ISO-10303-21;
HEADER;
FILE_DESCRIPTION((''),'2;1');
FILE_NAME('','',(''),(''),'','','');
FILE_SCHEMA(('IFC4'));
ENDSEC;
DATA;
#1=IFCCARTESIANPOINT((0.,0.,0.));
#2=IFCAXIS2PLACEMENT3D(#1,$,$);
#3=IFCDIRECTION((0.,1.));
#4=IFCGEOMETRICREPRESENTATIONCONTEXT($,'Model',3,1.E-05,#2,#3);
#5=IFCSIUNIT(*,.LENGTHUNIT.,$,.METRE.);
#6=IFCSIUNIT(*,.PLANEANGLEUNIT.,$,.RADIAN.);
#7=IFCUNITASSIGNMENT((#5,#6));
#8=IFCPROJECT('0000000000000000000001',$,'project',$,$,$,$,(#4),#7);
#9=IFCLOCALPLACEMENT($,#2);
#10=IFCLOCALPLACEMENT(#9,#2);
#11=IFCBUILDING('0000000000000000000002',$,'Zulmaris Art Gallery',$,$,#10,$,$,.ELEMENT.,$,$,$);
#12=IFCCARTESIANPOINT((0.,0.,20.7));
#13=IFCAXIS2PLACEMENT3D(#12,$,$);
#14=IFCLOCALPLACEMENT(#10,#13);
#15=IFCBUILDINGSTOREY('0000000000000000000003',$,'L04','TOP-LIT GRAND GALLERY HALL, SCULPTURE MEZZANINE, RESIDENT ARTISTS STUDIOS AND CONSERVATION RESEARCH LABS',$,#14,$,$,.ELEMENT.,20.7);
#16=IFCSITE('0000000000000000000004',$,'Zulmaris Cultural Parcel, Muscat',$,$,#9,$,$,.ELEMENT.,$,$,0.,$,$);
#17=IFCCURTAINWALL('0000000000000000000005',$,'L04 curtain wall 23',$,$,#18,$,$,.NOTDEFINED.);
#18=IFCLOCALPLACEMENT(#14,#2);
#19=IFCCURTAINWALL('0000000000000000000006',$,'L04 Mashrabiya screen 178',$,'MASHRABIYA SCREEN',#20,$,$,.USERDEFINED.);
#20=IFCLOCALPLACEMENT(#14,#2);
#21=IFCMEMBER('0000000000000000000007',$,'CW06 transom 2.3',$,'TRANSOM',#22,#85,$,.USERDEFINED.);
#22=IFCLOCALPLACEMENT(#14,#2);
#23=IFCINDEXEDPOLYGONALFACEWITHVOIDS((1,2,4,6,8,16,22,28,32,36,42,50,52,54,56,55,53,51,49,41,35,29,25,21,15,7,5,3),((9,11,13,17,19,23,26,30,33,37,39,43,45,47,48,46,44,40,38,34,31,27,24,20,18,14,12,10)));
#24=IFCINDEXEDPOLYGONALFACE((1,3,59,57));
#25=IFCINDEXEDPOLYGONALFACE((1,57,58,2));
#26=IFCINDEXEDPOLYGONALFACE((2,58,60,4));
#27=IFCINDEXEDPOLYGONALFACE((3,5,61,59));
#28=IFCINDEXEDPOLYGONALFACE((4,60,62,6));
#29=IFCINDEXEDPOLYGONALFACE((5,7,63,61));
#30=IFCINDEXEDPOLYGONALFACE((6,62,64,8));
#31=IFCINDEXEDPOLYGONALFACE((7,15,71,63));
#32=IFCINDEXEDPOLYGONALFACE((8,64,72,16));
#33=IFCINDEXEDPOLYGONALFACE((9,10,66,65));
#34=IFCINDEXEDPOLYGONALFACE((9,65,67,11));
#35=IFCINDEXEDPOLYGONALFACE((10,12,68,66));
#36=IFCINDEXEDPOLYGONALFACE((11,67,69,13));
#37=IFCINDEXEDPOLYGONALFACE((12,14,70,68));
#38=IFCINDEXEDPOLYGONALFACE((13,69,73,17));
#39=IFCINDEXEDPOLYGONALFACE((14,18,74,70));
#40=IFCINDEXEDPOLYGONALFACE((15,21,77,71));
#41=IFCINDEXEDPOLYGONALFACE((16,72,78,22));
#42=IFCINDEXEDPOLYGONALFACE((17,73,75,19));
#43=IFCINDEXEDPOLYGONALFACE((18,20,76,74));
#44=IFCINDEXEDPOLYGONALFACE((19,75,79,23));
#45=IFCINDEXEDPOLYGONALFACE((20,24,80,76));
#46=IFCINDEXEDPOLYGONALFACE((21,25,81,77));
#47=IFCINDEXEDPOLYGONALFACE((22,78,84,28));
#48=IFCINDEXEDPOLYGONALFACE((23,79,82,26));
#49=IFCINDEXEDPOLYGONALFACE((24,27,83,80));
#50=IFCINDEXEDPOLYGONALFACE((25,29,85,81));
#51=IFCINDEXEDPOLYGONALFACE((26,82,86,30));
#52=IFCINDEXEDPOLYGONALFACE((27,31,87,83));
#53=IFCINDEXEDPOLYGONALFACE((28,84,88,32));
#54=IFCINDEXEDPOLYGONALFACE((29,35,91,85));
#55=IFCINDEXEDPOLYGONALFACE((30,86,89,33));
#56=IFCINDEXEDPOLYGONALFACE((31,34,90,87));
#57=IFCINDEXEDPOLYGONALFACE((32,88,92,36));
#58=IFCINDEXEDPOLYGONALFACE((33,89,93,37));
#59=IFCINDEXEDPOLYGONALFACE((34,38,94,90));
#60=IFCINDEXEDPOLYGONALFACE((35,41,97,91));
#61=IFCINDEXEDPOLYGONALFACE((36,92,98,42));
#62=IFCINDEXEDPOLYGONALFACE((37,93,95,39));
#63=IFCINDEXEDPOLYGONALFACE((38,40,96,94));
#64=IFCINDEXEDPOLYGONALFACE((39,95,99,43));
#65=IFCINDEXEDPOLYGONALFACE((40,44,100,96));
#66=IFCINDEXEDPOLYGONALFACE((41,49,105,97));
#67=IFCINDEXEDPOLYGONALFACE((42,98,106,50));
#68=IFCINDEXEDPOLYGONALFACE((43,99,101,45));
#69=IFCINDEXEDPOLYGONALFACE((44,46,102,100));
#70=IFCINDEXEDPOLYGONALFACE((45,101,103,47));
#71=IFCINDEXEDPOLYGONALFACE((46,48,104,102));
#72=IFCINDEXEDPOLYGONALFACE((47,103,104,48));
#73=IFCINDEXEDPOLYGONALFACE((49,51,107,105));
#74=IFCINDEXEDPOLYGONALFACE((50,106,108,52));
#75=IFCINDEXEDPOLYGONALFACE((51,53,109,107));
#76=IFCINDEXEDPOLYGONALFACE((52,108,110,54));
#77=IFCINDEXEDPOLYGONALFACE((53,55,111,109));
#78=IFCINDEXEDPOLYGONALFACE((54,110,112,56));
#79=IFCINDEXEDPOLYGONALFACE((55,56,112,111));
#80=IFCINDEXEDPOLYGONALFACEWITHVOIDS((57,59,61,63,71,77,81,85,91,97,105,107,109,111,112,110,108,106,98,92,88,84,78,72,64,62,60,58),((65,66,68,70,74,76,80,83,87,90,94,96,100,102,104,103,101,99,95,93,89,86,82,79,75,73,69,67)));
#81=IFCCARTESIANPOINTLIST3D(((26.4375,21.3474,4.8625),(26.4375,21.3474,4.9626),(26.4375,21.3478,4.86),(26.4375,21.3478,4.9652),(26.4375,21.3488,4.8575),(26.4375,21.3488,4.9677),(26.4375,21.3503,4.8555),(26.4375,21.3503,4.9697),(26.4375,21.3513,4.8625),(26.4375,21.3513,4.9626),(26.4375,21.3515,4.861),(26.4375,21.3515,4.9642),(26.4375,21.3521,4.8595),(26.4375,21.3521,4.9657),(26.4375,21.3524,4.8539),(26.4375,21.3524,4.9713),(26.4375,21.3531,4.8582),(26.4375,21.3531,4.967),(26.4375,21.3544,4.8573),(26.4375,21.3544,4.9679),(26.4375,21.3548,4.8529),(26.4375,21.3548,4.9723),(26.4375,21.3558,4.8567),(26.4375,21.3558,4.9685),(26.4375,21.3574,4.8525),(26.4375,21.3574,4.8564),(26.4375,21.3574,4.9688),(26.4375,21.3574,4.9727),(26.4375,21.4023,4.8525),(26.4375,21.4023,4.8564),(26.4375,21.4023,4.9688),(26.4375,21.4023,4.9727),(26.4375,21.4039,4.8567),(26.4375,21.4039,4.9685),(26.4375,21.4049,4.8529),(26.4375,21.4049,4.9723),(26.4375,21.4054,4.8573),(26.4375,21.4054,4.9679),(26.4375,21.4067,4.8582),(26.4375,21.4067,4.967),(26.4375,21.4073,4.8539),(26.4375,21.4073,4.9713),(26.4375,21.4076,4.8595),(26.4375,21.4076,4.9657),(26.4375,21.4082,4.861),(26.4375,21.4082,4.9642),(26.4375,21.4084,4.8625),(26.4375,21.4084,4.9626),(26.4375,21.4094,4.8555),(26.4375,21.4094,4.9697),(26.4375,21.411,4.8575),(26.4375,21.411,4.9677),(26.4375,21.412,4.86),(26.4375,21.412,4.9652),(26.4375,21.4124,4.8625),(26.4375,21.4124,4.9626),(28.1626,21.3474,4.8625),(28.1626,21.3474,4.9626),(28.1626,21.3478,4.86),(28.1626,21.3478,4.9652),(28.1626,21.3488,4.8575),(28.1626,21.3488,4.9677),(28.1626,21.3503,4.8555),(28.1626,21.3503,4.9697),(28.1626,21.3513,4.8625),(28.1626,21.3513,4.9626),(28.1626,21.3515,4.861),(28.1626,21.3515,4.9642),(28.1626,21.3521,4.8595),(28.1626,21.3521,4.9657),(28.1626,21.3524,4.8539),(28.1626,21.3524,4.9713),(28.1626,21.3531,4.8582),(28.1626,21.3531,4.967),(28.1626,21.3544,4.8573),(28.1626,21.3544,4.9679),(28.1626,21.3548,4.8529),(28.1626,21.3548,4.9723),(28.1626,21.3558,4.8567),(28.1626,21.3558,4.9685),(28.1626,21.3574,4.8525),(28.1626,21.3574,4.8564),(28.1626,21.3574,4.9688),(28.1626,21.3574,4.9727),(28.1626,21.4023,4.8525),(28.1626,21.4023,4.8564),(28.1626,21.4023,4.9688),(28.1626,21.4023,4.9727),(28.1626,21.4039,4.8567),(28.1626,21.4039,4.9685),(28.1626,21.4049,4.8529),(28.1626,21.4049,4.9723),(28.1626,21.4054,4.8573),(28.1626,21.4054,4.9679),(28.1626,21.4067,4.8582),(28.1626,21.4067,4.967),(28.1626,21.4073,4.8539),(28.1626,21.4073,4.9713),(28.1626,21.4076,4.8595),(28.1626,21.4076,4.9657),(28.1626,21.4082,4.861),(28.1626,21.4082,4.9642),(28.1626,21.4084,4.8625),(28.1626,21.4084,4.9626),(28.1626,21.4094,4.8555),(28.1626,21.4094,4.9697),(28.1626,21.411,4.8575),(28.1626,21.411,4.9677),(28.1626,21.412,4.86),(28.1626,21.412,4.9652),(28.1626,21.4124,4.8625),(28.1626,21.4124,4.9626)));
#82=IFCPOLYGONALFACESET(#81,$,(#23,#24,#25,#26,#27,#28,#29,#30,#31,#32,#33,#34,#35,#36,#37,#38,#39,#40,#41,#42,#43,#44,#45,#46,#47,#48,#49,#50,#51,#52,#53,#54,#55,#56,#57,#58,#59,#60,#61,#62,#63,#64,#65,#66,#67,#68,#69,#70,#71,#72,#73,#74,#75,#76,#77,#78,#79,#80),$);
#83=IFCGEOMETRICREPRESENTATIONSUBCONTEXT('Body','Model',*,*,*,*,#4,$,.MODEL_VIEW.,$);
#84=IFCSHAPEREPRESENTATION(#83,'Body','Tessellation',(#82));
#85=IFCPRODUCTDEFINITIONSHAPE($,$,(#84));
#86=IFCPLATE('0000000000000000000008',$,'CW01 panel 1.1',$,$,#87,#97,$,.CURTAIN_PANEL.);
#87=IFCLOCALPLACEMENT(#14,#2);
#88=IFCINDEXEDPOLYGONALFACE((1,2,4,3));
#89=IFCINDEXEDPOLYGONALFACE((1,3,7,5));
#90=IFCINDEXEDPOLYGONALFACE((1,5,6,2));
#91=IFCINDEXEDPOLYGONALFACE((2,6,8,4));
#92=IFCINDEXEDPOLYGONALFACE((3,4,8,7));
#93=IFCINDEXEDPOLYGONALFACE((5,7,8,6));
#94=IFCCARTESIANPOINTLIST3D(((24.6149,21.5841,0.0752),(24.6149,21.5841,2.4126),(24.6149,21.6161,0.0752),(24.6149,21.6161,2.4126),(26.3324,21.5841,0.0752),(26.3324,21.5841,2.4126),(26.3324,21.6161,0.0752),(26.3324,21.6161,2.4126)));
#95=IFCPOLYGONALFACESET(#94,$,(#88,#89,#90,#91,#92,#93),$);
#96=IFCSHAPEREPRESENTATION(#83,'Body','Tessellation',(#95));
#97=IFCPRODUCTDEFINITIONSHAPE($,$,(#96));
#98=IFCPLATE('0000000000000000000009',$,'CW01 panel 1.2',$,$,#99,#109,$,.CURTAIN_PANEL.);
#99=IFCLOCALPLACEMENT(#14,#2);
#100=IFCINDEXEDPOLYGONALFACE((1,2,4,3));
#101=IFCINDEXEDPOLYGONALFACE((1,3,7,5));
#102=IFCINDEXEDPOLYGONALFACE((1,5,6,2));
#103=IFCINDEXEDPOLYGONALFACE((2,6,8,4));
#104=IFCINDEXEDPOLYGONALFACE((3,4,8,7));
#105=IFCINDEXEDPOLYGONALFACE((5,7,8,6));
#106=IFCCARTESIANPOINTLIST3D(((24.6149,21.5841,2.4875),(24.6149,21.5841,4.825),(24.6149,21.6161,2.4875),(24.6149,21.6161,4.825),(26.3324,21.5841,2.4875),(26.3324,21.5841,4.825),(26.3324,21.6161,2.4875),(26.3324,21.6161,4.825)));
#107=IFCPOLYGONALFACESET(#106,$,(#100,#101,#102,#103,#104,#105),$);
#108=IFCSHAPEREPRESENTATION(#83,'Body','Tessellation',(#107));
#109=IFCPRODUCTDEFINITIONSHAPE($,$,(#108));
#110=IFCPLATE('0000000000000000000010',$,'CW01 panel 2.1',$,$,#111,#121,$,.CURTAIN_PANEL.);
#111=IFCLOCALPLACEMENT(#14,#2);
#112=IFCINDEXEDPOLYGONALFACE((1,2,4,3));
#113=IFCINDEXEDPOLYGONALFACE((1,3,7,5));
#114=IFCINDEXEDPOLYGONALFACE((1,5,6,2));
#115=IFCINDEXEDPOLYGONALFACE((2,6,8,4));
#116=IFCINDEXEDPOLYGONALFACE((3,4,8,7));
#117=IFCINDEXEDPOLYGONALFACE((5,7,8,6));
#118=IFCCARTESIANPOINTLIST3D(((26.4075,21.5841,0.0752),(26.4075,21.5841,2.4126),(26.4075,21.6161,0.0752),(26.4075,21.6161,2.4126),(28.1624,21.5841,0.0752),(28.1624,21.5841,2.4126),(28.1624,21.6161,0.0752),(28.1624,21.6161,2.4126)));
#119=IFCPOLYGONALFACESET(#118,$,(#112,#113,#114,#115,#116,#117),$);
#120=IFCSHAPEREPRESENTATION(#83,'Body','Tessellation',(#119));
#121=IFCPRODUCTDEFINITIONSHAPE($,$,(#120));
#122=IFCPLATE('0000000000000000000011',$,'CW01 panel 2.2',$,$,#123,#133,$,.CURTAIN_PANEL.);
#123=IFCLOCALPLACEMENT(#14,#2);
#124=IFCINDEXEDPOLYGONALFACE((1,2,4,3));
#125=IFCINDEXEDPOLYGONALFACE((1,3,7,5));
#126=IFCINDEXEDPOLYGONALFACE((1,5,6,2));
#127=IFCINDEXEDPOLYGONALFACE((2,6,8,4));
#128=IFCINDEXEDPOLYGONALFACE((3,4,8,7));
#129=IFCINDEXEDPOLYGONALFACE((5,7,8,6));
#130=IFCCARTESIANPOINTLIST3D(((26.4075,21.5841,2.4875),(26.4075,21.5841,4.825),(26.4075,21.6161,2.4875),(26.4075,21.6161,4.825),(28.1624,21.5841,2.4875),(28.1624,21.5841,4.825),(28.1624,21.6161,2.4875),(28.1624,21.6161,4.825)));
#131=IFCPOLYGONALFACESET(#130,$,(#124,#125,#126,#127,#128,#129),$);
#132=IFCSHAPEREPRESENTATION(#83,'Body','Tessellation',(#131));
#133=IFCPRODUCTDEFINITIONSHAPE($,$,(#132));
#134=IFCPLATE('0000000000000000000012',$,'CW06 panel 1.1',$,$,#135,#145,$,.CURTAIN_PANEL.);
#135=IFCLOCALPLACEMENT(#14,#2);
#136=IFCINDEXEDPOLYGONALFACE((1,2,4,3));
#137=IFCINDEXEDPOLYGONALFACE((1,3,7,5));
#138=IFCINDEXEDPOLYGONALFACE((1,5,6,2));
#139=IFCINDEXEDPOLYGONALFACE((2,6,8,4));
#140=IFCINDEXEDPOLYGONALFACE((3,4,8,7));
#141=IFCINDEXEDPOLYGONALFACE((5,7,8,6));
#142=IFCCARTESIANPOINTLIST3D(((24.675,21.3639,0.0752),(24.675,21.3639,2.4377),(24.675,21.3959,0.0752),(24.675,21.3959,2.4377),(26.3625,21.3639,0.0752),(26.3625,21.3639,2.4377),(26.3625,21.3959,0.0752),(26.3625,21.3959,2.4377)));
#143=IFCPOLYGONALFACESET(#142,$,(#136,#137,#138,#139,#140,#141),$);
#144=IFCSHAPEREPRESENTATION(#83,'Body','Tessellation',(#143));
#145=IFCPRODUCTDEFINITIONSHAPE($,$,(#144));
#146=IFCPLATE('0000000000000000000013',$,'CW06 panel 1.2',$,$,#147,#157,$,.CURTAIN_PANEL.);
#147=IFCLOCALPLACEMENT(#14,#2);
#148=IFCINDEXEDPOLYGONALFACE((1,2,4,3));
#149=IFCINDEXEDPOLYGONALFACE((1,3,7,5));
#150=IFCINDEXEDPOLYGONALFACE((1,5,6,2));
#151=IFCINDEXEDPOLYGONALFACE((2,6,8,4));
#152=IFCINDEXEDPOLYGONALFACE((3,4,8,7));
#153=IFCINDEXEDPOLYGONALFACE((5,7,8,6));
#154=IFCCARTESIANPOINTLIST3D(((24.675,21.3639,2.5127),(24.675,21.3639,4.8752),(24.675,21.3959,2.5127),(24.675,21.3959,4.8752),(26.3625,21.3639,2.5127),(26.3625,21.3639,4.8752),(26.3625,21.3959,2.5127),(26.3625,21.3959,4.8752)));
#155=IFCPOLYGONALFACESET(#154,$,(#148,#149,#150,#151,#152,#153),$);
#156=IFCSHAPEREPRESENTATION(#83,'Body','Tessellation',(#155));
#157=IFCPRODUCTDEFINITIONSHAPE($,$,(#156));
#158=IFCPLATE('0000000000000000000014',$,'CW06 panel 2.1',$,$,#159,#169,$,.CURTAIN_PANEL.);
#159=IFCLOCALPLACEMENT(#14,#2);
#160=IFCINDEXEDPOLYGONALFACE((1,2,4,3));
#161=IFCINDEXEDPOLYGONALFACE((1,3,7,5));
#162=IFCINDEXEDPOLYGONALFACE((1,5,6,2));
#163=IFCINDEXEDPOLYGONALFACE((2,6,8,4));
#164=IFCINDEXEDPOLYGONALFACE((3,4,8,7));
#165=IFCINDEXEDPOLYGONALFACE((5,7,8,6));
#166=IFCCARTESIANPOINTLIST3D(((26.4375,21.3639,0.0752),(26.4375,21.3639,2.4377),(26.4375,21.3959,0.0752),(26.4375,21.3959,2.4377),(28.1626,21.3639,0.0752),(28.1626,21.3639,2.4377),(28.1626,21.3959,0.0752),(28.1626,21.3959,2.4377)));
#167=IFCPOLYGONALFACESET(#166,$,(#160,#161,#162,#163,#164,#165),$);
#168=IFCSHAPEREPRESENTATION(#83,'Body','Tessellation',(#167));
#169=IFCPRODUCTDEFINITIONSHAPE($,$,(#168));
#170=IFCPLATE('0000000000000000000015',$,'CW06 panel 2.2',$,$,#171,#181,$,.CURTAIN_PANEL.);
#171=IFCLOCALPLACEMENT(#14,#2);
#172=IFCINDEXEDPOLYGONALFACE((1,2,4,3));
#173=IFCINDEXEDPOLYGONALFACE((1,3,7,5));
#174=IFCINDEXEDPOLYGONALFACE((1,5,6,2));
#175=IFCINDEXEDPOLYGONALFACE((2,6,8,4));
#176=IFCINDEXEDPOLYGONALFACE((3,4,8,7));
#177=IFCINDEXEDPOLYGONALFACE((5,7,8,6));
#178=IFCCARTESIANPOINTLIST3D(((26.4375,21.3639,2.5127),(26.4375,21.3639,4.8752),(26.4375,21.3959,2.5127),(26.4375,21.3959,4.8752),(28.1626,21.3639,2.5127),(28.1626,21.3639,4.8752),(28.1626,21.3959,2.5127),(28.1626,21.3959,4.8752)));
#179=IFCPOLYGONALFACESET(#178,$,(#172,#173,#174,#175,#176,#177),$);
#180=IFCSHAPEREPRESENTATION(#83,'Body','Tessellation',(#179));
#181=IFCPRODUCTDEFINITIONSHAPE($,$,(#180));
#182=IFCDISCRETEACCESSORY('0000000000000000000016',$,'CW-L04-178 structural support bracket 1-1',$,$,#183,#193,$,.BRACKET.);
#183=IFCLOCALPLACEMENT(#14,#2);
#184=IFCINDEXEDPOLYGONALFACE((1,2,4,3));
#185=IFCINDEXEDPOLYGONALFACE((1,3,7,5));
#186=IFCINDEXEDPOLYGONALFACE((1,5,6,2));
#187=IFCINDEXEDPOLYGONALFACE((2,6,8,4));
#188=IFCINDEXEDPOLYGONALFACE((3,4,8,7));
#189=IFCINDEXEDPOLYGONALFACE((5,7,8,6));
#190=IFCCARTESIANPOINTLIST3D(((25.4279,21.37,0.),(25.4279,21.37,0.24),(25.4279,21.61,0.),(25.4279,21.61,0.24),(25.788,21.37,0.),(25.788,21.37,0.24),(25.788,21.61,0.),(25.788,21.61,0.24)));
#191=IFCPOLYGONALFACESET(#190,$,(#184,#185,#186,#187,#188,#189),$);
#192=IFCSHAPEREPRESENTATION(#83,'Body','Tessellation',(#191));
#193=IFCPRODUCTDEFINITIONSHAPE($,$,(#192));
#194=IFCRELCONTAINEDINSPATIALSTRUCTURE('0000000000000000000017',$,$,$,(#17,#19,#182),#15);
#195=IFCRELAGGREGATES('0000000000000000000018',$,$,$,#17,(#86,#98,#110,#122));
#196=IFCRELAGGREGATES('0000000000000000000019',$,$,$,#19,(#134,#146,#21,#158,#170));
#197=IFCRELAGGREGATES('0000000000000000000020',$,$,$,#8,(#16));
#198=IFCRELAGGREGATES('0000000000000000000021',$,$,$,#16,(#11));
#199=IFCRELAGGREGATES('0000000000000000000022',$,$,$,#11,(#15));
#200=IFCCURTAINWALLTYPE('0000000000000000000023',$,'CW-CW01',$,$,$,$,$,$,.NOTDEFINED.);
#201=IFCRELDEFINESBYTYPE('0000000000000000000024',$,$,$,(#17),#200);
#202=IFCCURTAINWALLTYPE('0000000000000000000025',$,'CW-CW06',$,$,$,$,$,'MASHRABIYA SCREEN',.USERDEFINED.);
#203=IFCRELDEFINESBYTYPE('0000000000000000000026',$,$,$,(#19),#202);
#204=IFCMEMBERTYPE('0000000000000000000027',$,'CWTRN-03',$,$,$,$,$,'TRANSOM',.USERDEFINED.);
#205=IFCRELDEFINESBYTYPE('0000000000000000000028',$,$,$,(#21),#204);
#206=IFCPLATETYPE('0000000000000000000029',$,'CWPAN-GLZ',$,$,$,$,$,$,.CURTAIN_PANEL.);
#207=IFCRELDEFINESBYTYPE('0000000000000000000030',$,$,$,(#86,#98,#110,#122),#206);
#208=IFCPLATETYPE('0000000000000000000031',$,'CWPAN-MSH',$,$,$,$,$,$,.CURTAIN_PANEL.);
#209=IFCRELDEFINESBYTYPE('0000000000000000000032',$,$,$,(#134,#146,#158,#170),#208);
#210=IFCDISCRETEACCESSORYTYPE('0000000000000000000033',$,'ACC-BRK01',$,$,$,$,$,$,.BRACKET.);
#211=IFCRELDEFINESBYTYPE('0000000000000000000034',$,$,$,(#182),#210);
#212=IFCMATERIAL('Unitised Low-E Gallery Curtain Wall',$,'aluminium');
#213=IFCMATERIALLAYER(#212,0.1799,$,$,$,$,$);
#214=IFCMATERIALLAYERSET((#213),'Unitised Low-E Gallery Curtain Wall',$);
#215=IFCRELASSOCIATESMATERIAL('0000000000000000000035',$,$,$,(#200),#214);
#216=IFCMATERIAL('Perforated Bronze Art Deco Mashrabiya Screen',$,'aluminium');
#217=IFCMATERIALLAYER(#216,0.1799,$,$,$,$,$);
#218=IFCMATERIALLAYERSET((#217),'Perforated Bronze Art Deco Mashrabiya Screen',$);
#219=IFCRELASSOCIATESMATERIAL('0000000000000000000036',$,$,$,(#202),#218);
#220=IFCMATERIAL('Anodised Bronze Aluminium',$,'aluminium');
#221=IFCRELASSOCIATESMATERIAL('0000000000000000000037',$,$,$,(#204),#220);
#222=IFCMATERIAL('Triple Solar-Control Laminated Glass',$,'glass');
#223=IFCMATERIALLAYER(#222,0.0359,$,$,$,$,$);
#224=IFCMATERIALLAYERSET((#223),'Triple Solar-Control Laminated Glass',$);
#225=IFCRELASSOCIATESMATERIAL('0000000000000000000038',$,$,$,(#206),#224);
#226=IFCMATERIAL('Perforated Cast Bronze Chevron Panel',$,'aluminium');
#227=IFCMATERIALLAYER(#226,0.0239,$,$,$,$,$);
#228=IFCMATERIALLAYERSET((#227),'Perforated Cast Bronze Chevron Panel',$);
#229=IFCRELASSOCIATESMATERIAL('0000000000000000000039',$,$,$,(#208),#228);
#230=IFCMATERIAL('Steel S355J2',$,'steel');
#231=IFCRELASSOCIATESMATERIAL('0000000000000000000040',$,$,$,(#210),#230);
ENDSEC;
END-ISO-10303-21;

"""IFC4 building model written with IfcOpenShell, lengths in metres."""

from ifc_helpers import new_model, si_unit, direction, frame, origin, origin_2d, place, context, subcontext, project, spatial, rectangle, hollow_rectangle, extrude, material, layer, layer_set, material_profile, profile_set, type_object, element, aggregate, save


model = new_model("IFC4")

# Units and contexts
model_context = context("Model", 3, precision=1e-05, world=origin(), true_north=direction((0.0, 1.0)))
body_context = subcontext(model_context, "Body", "Model", "MODEL_VIEW")
ifc_project = project(units=[si_unit("LENGTHUNIT", "METRE"), si_unit("PLANEANGLEUNIT", "RADIAN")], contexts=[model_context])

# Site, building, storey
site_placement = place(None, origin())
site = spatial("IfcSite", under=ifc_project, at=site_placement, Name="Zulmaris Cultural Parcel, Muscat", CompositionType="ELEMENT", RefElevation=0.0)
building_placement = place(site_placement, origin())
building = spatial("IfcBuilding", under=site, at=building_placement, Name="Zulmaris Art Gallery", CompositionType="ELEMENT")
storey_placement = place(building_placement, frame((0.0, 0.0, 20.7)))
storey = spatial("IfcBuildingStorey", under=building, at=storey_placement, Name="L04", Description="TOP-LIT GRAND GALLERY HALL, SCULPTURE MEZZANINE, RESIDENT ARTISTS STUDIOS AND CONSERVATION RESEARCH LABS", CompositionType="ELEMENT", Elevation=20.7)

# Curtain walls
ifc_material_1 = material(Name="Unitised Low-E Gallery Curtain Wall", Category="aluminium")
ifc_layer_1 = layer(ifc_material_1, 0.1799)
ifc_layer_set_1 = layer_set([ifc_layer_1], Name="Unitised Low-E Gallery Curtain Wall")
curtain_wall_type_1 = type_object("IfcCurtainWallType", Name="CW-CW01", PredefinedType="NOTDEFINED", material=ifc_layer_set_1)
curtain_wall_1_placement = place(storey_placement, origin())
curtain_wall_1 = element("IfcCurtainWall", 1, at=curtain_wall_1_placement, inside=storey, type_object=curtain_wall_type_1, Name="L04 curtain wall 23", PredefinedType="NOTDEFINED")
ifc_material_2 = material(Name="Anodised Bronze Aluminium", Category="aluminium")
ifc_material_3 = material(Name="Perforated Bronze Art Deco Mashrabiya Screen", Category="aluminium")
ifc_layer_2 = layer(ifc_material_3, 0.1799)
ifc_layer_set_2 = layer_set([ifc_layer_2], Name="Perforated Bronze Art Deco Mashrabiya Screen")
curtain_wall_type_2 = type_object("IfcCurtainWallType", Name="CW-CW06", ElementType="MASHRABIYA SCREEN", PredefinedType="USERDEFINED", material=ifc_layer_set_2)
curtain_wall_2_placement = place(storey_placement, origin())
curtain_wall_2 = element("IfcCurtainWall", 2, at=curtain_wall_2_placement, inside=storey, type_object=curtain_wall_type_2, Name="L04 Mashrabiya screen 178", ObjectType="MASHRABIYA SCREEN", PredefinedType="USERDEFINED")

# Member
ifc_material_profile_1 = material_profile(ifc_material_2, hollow_rectangle(XDim=0.0649, YDim=0.1201, WallThickness=0.0039, InnerFilletRadius=0.0061, OuterFilletRadius=0.01, at=origin_2d()), Name="ALU 65x120x4")
ifc_profile_set_1 = profile_set([ifc_material_profile_1], Name="Anodised Bronze Aluminium")
member_type_1 = type_object("IfcMemberType", Name="CWTRN-03", ElementType="TRANSOM", PredefinedType="USERDEFINED", material=ifc_profile_set_1)
member_1_placement = place(storey_placement, frame((26.4375, 21.3799, 4.9126), z_axis=(1.0, 0.0, 0.0), x_axis=(0.0, 1.0, 0.0)))
member_1 = element("IfcMember", 3, at=member_1_placement, type_object=member_type_1, Name="CW06 transom 2.3", ObjectType="TRANSOM", PredefinedType="USERDEFINED", context=body_context, shape_type="SweptSolid", body=[
    extrude(hollow_rectangle(XDim=0.0649, YDim=0.1201, WallThickness=0.0039, InnerFilletRadius=0.0061, OuterFilletRadius=0.01, at=origin_2d()), origin(), (0.0, 0.0, 1.0), 1.7251),
])

# Plates
ifc_material_4 = material(Name="Triple Solar-Control Laminated Glass", Category="glass")
ifc_layer_3 = layer(ifc_material_4, 0.0359)
ifc_layer_set_3 = layer_set([ifc_layer_3], Name="Triple Solar-Control Laminated Glass")
plate_type_1 = type_object("IfcPlateType", Name="CWPAN-GLZ", PredefinedType="CURTAIN_PANEL", material=ifc_layer_set_3)
plate_1_placement = place(storey_placement, frame((25.4736, 21.6001, 0.0752), z_axis=(0.0, 0.0, 1.0), x_axis=(1.0, 0.0, 0.0)))
plate_1 = element("IfcPlate", 4, at=plate_1_placement, type_object=plate_type_1, Name="CW01 panel 1.1", PredefinedType="CURTAIN_PANEL", context=body_context, shape_type="SweptSolid", body=[
    extrude(rectangle(XDim=1.7175, YDim=0.032, at=origin_2d()), origin(), (0.0, 0.0, 1.0), 2.3374),
])
plate_2_placement = place(storey_placement, frame((25.4736, 21.6001, 2.4875), z_axis=(0.0, 0.0, 1.0), x_axis=(1.0, 0.0, 0.0)))
plate_2 = element("IfcPlate", 5, at=plate_2_placement, type_object=plate_type_1, Name="CW01 panel 1.2", PredefinedType="CURTAIN_PANEL", context=body_context, shape_type="SweptSolid", body=[
    extrude(rectangle(XDim=1.7175, YDim=0.032, at=origin_2d()), origin(), (0.0, 0.0, 1.0), 2.3374),
])
plate_3_placement = place(storey_placement, frame((27.2849, 21.6001, 0.0752), z_axis=(0.0, 0.0, 1.0), x_axis=(1.0, 0.0, 0.0)))
plate_3 = element("IfcPlate", 6, at=plate_3_placement, type_object=plate_type_1, Name="CW01 panel 2.1", PredefinedType="CURTAIN_PANEL", context=body_context, shape_type="SweptSolid", body=[
    extrude(rectangle(XDim=1.7549, YDim=0.032, at=origin_2d()), origin(), (0.0, 0.0, 1.0), 2.3374),
])
plate_4_placement = place(storey_placement, frame((27.2849, 21.6001, 2.4875), z_axis=(0.0, 0.0, 1.0), x_axis=(1.0, 0.0, 0.0)))
plate_4 = element("IfcPlate", 7, at=plate_4_placement, type_object=plate_type_1, Name="CW01 panel 2.2", PredefinedType="CURTAIN_PANEL", context=body_context, shape_type="SweptSolid", body=[
    extrude(rectangle(XDim=1.7549, YDim=0.032, at=origin_2d()), origin(), (0.0, 0.0, 1.0), 2.3374),
])
aggregate(curtain_wall_1, [plate_1, plate_2, plate_3, plate_4])
ifc_material_5 = material(Name="Perforated Cast Bronze Chevron Panel", Category="aluminium")
ifc_layer_4 = layer(ifc_material_5, 0.0239)
ifc_layer_set_4 = layer_set([ifc_layer_4], Name="Perforated Cast Bronze Chevron Panel")
plate_type_2 = type_object("IfcPlateType", Name="CWPAN-MSH", PredefinedType="CURTAIN_PANEL", material=ifc_layer_set_4)
plate_5_placement = place(storey_placement, frame((25.5188, 21.3799, 0.0752), z_axis=(0.0, 0.0, 1.0), x_axis=(1.0, 0.0, 0.0)))
plate_5 = element("IfcPlate", 8, at=plate_5_placement, type_object=plate_type_2, Name="CW06 panel 1.1", PredefinedType="CURTAIN_PANEL", context=body_context, shape_type="SweptSolid", body=[
    extrude(rectangle(XDim=1.6875, YDim=0.032, at=origin_2d()), origin(), (0.0, 0.0, 1.0), 2.3625),
])
plate_6_placement = place(storey_placement, frame((25.5188, 21.3799, 2.5127), z_axis=(0.0, 0.0, 1.0), x_axis=(1.0, 0.0, 0.0)))
plate_6 = element("IfcPlate", 9, at=plate_6_placement, type_object=plate_type_2, Name="CW06 panel 1.2", PredefinedType="CURTAIN_PANEL", context=body_context, shape_type="SweptSolid", body=[
    extrude(rectangle(XDim=1.6875, YDim=0.032, at=origin_2d()), origin(), (0.0, 0.0, 1.0), 2.3625),
])
plate_7_placement = place(storey_placement, frame((27.3, 21.3799, 0.0752), z_axis=(0.0, 0.0, 1.0), x_axis=(1.0, 0.0, 0.0)))
plate_7 = element("IfcPlate", 10, at=plate_7_placement, type_object=plate_type_2, Name="CW06 panel 2.1", PredefinedType="CURTAIN_PANEL", context=body_context, shape_type="SweptSolid", body=[
    extrude(rectangle(XDim=1.7251, YDim=0.032, at=origin_2d()), origin(), (0.0, 0.0, 1.0), 2.3625),
])
plate_8_placement = place(storey_placement, frame((27.3, 21.3799, 2.5127), z_axis=(0.0, 0.0, 1.0), x_axis=(1.0, 0.0, 0.0)))
plate_8 = element("IfcPlate", 11, at=plate_8_placement, type_object=plate_type_2, Name="CW06 panel 2.2", PredefinedType="CURTAIN_PANEL", context=body_context, shape_type="SweptSolid", body=[
    extrude(rectangle(XDim=1.7251, YDim=0.032, at=origin_2d()), origin(), (0.0, 0.0, 1.0), 2.3625),
])
aggregate(curtain_wall_2, [plate_5, plate_6, member_1, plate_7, plate_8])

# Discrete accessory
ifc_material_6 = material(Name="Steel S355J2", Category="steel")
discrete_accessory_type = type_object("IfcDiscreteAccessoryType", Name="ACC-BRK01", PredefinedType="BRACKET", material=ifc_material_6)
for number, where, z_axis, x_axis, name in (
    (12, (25.6079, 21.49, 0.0), (0.0, 0.0, 1.0), (1.0, 0.0, 0.0), "CW-L04-178 structural support bracket 1-1"),
):
    element("IfcDiscreteAccessory", number, at=place(storey_placement, frame(where, z_axis=z_axis, x_axis=x_axis)), inside=storey, type_object=discrete_accessory_type, Name=name, PredefinedType="BRACKET", context=body_context, shape_type="SweptSolid", body=[
        extrude(rectangle(XDim=0.3601, YDim=0.24, at=origin_2d()), origin(), (0.0, 0.0, 1.0), 0.24),
    ])

save(model, "model.ifc")
